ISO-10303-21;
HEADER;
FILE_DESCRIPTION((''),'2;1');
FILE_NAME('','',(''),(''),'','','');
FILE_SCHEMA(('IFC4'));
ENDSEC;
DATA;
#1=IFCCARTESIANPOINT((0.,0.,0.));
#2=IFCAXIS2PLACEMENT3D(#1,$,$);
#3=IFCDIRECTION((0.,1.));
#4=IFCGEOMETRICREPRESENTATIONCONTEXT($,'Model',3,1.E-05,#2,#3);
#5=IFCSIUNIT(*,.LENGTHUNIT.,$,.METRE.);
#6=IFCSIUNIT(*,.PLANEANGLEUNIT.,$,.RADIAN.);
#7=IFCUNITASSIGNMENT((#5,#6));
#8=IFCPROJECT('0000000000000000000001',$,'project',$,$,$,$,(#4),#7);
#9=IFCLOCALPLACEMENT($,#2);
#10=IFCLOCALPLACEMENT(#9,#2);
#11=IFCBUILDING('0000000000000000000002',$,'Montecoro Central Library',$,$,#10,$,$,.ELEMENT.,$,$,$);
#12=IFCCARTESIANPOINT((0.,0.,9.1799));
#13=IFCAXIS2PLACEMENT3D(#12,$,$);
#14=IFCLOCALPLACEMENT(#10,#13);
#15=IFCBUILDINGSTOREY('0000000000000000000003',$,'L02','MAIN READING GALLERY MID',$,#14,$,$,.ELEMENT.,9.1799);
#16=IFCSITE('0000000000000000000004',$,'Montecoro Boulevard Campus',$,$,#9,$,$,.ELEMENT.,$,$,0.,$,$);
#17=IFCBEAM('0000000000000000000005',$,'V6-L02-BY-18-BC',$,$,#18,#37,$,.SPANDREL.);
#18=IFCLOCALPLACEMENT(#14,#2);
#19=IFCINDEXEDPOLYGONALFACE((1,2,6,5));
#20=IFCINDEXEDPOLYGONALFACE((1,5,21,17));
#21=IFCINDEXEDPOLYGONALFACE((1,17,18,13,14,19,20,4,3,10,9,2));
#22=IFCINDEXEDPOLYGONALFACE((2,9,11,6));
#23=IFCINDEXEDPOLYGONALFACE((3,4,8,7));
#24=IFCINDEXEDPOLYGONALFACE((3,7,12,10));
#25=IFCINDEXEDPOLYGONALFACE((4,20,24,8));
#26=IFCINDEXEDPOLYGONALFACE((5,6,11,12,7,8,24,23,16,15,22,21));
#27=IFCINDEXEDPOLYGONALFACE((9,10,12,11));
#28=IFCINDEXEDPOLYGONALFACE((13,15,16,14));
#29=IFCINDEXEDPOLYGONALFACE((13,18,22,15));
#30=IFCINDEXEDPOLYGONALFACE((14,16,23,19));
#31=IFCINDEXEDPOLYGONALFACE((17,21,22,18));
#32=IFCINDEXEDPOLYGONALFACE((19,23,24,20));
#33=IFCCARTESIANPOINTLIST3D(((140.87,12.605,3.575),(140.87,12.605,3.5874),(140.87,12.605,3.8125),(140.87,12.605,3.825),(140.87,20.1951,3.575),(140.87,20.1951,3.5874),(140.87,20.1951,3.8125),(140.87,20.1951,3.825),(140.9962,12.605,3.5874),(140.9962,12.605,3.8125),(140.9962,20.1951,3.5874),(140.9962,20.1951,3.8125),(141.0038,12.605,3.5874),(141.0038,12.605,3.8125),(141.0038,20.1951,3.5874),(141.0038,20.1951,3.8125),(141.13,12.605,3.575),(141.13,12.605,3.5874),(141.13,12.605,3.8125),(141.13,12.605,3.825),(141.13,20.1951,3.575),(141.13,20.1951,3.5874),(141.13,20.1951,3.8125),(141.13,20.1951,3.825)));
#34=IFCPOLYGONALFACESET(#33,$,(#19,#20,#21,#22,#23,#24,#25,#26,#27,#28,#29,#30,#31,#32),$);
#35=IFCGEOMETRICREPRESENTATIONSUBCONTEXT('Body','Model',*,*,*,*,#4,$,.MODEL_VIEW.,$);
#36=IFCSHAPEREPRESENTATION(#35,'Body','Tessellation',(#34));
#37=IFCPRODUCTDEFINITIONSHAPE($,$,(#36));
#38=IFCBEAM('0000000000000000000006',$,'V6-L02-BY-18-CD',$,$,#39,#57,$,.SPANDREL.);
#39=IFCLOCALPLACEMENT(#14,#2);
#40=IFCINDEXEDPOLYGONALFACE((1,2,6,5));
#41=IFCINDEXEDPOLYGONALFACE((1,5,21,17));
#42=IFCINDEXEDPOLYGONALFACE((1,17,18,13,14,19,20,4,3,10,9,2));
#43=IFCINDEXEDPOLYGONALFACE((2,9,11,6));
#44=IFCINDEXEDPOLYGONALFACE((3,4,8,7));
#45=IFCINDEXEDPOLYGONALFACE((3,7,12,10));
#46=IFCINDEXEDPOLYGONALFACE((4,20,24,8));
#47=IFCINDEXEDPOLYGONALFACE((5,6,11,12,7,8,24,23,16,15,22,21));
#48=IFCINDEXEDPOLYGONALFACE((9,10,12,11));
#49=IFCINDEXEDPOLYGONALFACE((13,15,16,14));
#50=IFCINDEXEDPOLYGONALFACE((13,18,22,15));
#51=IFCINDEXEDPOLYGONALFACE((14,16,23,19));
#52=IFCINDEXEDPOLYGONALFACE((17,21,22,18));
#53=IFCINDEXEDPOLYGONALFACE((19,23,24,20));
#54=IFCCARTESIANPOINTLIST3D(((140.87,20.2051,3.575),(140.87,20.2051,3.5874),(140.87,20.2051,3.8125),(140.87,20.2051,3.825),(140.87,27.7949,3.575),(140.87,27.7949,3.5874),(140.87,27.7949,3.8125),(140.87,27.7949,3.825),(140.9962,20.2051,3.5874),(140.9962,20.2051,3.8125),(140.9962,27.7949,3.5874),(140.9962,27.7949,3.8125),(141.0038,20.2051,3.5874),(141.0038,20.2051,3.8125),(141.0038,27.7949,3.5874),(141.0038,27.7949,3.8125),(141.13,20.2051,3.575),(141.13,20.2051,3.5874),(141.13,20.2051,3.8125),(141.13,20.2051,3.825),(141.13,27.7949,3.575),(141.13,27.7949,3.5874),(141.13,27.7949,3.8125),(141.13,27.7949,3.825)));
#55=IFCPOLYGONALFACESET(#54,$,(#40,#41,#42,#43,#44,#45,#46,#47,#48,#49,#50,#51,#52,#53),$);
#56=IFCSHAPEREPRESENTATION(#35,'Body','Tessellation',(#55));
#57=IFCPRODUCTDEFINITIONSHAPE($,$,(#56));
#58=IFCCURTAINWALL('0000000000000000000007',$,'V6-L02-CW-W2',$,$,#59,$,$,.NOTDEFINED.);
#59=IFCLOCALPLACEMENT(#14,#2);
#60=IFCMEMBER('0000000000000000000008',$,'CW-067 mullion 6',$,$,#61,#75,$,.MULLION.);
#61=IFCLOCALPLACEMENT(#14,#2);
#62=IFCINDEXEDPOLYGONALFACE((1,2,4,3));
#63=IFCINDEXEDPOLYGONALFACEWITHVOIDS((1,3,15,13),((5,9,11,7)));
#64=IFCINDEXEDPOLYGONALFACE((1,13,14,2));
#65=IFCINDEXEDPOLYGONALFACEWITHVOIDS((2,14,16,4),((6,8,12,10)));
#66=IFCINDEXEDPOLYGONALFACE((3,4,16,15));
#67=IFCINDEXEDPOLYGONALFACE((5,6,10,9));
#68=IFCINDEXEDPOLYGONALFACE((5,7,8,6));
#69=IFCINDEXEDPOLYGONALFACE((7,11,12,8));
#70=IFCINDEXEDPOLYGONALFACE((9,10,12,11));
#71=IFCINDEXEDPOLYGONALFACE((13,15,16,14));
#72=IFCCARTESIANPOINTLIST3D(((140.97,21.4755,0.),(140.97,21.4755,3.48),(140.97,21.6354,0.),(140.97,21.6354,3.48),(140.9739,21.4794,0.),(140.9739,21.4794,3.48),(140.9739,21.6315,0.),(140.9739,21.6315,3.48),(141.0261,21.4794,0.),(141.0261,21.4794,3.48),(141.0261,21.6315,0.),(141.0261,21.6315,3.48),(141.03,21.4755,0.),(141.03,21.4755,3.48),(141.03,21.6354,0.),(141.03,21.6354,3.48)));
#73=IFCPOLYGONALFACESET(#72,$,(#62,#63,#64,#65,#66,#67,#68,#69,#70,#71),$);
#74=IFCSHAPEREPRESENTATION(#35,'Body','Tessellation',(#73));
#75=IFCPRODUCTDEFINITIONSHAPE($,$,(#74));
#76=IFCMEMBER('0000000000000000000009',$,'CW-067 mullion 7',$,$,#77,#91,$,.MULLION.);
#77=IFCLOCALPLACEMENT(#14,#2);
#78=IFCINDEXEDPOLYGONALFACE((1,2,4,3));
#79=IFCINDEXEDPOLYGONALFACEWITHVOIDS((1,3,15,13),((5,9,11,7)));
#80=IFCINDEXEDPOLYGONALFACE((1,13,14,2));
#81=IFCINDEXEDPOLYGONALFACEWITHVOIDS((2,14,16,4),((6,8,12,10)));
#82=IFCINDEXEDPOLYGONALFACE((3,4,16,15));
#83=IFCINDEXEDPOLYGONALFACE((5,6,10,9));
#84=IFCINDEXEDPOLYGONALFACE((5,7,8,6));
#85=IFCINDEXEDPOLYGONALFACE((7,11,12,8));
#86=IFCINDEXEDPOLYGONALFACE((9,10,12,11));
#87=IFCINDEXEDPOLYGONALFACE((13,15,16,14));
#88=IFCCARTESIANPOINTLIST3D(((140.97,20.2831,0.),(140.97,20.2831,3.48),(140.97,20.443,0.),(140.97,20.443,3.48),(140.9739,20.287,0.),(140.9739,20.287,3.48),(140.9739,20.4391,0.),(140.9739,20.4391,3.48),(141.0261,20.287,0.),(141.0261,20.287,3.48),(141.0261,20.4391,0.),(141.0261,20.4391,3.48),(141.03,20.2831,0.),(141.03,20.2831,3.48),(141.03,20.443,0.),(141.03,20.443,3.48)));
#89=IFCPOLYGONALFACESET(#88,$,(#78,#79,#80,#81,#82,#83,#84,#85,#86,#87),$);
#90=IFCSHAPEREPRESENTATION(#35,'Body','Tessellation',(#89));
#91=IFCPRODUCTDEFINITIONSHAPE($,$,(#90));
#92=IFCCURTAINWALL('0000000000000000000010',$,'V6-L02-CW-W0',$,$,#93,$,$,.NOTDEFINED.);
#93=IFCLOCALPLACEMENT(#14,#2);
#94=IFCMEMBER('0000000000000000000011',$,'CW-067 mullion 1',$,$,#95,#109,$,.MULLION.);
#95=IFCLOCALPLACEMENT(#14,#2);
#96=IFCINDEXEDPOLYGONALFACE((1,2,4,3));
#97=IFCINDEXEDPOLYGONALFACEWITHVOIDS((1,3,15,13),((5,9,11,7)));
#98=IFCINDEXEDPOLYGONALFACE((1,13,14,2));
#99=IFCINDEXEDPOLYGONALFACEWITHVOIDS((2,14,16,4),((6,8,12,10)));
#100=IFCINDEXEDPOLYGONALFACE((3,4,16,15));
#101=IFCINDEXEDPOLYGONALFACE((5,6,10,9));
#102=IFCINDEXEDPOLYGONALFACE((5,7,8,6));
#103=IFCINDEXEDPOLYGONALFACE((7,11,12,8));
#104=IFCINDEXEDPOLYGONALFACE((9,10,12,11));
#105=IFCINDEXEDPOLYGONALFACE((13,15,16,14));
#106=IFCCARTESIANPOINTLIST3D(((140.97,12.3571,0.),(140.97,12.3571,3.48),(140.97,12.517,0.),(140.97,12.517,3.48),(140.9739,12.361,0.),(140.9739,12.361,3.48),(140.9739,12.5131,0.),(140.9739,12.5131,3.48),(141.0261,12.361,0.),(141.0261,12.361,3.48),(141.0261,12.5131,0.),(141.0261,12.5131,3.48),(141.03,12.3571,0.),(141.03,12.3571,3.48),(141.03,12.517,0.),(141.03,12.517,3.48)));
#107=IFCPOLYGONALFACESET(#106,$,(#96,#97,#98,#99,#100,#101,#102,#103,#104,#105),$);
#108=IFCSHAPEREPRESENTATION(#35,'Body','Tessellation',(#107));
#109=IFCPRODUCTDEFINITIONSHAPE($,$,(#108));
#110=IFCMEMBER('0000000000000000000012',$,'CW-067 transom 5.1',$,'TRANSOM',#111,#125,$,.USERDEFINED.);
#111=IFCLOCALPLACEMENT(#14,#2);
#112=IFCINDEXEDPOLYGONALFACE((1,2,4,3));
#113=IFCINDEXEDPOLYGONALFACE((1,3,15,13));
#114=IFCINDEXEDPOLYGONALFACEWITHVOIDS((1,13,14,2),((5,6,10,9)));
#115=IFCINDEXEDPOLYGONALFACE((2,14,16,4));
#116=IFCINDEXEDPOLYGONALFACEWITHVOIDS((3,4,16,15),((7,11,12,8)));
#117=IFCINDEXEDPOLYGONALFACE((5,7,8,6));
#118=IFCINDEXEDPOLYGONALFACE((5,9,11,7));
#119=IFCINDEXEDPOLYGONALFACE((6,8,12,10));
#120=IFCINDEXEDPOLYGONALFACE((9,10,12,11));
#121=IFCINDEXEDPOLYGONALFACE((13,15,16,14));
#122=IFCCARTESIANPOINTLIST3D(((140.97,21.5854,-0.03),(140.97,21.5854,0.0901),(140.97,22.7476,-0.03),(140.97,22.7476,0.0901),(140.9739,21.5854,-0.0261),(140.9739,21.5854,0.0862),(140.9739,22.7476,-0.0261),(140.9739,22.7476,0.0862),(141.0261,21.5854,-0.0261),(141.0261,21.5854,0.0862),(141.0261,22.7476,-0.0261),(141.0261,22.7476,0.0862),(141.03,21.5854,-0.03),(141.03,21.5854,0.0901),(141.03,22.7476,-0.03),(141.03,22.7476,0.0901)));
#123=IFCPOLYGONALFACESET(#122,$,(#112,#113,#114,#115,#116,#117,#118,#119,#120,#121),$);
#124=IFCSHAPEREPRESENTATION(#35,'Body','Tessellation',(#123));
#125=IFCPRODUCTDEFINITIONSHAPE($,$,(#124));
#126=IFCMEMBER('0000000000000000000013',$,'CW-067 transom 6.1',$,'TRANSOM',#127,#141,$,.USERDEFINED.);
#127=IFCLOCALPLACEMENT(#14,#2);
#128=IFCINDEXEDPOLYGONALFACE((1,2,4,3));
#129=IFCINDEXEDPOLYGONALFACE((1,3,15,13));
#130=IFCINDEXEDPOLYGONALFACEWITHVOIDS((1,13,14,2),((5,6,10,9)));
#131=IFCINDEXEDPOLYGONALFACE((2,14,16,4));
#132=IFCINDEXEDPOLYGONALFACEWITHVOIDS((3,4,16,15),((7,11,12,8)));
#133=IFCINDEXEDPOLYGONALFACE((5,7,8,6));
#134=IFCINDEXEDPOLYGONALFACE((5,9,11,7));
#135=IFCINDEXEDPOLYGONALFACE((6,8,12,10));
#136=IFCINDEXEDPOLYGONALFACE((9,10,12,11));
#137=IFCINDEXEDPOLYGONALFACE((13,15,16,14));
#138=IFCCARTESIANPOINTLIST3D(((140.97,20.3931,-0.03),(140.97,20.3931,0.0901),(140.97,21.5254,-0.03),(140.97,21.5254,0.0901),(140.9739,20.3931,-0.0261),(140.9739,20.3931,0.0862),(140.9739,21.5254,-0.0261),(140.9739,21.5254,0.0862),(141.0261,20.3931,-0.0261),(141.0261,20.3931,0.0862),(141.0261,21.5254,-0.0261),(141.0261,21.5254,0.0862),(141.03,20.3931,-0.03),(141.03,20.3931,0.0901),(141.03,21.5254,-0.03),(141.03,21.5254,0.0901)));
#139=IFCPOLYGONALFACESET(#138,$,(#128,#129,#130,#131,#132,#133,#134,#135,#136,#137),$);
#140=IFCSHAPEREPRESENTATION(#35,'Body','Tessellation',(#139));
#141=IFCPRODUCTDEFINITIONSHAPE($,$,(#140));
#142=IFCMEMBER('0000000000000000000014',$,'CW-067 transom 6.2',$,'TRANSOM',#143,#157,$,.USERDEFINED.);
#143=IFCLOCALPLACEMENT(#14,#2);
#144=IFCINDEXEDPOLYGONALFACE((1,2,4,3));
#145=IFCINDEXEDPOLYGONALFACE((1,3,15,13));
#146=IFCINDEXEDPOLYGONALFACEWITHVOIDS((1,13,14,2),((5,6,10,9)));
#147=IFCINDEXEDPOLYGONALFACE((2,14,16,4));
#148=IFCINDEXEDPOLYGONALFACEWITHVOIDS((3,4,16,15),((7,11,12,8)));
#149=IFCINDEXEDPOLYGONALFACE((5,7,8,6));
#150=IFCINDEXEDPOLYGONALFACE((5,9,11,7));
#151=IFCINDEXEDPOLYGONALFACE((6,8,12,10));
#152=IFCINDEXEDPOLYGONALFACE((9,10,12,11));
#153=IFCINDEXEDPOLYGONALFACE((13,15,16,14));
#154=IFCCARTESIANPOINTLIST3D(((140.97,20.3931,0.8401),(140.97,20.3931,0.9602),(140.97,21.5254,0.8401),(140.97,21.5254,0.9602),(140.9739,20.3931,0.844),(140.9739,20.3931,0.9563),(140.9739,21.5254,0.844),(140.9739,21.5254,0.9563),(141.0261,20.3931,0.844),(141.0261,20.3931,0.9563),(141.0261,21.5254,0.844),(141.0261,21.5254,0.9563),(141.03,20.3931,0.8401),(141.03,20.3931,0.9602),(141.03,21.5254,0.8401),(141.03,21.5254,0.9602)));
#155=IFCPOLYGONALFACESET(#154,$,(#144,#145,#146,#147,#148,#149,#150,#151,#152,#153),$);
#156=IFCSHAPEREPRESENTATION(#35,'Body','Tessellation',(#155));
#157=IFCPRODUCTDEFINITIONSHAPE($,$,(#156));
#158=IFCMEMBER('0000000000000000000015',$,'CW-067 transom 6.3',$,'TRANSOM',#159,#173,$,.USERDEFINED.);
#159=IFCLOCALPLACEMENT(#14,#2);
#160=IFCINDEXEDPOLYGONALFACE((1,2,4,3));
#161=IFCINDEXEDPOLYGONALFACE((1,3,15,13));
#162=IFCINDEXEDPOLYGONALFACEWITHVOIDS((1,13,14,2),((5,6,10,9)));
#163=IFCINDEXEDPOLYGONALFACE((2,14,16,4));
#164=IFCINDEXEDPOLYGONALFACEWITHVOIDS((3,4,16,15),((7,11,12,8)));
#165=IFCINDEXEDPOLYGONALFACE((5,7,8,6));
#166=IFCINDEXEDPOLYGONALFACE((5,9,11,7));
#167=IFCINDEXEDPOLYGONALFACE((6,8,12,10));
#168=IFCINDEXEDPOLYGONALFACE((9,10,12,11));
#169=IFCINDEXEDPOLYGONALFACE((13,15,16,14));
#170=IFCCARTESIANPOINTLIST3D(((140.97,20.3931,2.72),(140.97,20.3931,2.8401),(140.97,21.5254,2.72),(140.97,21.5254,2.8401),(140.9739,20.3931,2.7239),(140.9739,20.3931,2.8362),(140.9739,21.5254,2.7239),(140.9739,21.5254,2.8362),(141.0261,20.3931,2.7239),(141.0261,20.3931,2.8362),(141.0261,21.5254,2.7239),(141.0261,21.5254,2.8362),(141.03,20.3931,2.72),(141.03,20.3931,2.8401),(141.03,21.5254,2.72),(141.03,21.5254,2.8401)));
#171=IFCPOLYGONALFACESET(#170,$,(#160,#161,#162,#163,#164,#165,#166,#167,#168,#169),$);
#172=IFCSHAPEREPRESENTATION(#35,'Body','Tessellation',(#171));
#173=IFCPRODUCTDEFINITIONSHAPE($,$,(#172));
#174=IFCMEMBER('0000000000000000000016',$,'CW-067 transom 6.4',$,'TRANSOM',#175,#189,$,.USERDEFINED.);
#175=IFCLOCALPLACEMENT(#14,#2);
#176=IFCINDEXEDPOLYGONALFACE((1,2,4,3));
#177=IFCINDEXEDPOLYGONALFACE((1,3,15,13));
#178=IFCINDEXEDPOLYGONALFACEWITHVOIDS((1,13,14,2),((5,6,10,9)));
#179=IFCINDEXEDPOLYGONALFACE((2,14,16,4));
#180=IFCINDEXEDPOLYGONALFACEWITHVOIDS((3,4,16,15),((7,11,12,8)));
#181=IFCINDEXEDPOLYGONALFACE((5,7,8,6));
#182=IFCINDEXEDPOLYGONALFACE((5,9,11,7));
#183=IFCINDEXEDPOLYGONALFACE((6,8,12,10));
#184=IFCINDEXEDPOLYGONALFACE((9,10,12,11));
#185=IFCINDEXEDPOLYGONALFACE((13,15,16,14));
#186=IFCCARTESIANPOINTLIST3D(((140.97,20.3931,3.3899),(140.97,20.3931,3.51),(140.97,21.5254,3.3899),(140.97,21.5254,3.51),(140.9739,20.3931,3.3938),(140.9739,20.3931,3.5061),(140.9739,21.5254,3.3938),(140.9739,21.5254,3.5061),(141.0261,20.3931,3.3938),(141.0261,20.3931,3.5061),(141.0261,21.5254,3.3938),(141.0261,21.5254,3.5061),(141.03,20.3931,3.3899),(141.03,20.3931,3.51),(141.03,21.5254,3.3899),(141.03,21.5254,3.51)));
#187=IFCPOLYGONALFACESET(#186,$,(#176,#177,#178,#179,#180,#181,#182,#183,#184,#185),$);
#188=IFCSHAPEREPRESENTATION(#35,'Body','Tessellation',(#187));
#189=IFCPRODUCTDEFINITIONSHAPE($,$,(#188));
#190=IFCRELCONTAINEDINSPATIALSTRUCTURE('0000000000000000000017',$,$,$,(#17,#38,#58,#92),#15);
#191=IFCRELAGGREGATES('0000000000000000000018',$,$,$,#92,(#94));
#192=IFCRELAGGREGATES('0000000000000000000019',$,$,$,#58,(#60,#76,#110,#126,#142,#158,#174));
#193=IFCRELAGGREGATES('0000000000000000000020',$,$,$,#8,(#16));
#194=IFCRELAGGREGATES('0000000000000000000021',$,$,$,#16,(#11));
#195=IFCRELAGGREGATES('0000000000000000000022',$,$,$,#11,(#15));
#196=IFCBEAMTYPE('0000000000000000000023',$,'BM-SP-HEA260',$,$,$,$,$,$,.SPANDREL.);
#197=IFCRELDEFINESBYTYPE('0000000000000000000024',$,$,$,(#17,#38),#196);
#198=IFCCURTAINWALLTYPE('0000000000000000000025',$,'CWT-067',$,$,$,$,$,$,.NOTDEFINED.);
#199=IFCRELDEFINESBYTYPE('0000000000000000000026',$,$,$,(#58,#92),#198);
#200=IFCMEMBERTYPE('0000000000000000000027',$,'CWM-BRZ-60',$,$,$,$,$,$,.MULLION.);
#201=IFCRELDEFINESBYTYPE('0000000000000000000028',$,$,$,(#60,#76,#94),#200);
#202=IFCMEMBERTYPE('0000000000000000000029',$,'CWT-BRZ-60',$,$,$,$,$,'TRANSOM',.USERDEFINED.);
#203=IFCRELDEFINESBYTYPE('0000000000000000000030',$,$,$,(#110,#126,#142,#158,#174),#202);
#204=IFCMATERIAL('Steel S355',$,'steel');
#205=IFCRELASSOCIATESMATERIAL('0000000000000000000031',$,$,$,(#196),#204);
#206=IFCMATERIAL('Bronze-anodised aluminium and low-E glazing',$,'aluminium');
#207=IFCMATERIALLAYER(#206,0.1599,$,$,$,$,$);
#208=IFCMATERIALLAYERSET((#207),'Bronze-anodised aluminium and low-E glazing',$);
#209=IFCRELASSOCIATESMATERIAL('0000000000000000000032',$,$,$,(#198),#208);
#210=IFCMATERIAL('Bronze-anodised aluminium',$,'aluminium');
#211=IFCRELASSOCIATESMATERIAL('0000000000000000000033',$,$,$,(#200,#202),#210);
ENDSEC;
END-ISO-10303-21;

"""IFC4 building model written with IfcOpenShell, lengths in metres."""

from ifc_helpers import new_model, si_unit, direction, frame, origin, origin_2d, place, context, subcontext, project, spatial, hollow_rectangle, i_section, extrude, material, layer, layer_set, material_profile, profile_set, type_object, element, aggregate, save


model = new_model("IFC4")

# Units and contexts
model_context = context("Model", 3, precision=1e-05, world=origin(), true_north=direction((0.0, 1.0)))
body_context = subcontext(model_context, "Body", "Model", "MODEL_VIEW")
ifc_project = project(units=[si_unit("LENGTHUNIT", "METRE"), si_unit("PLANEANGLEUNIT", "RADIAN")], contexts=[model_context])

# Site, building, storey
site_placement = place(None, origin())
site = spatial("IfcSite", under=ifc_project, at=site_placement, Name="Montecoro Boulevard Campus", CompositionType="ELEMENT", RefElevation=0.0)
building_placement = place(site_placement, origin())
building = spatial("IfcBuilding", under=site, at=building_placement, Name="Montecoro Central Library", CompositionType="ELEMENT")
storey_placement = place(building_placement, frame((0.0, 0.0, 9.1799)))
storey = spatial("IfcBuildingStorey", under=building, at=storey_placement, Name="L02", Description="MAIN READING GALLERY MID", CompositionType="ELEMENT", Elevation=9.1799)

# Shared definitions
ifc_material_1 = material(Name="Steel S355", Category="steel")

# Beams
ifc_material_profile_1 = material_profile(ifc_material_1, i_section(OverallWidth=0.26, OverallDepth=0.25, WebThickness=0.0076, FlangeThickness=0.0125, at=origin_2d()), Name="HEA 260")
ifc_profile_set_1 = profile_set([ifc_material_profile_1], Name="Steel S355")
beam_type_1 = type_object("IfcBeamType", Name="BM-SP-HEA260", PredefinedType="SPANDREL", material=ifc_profile_set_1)
beam_1_placement = place(storey_placement, frame((141.0, 12.605, 3.7), z_axis=(0.0, 1.0, 0.0), x_axis=(-1.0, 0.0, 0.0)))
element("IfcBeam", 1, at=beam_1_placement, inside=storey, type_object=beam_type_1, Name="V6-L02-BY-18-BC", PredefinedType="SPANDREL", context=body_context, shape_type="SweptSolid", body=[
    extrude(i_section(OverallWidth=0.26, OverallDepth=0.25, WebThickness=0.0076, FlangeThickness=0.0125, at=origin_2d()), origin(), (0.0, 0.0, 1.0), 7.5901),
])
beam_2_placement = place(storey_placement, frame((141.0, 20.2051, 3.7), z_axis=(0.0, 1.0, 0.0), x_axis=(-1.0, 0.0, 0.0)))
element("IfcBeam", 2, at=beam_2_placement, inside=storey, type_object=beam_type_1, Name="V6-L02-BY-18-CD", PredefinedType="SPANDREL", context=body_context, shape_type="SweptSolid", body=[
    extrude(i_section(OverallWidth=0.26, OverallDepth=0.25, WebThickness=0.0076, FlangeThickness=0.0125, at=origin_2d()), origin(), (0.0, 0.0, 1.0), 7.5898),
])

# Curtain wall, members
ifc_material_2 = material(Name="Bronze-anodised aluminium and low-E glazing", Category="aluminium")
ifc_layer_1 = layer(ifc_material_2, 0.1599)
ifc_layer_set_1 = layer_set([ifc_layer_1], Name="Bronze-anodised aluminium and low-E glazing")
curtain_wall_type = type_object("IfcCurtainWallType", Name="CWT-067", PredefinedType="NOTDEFINED", material=ifc_layer_set_1)
curtain_wall_1_placement = place(storey_placement, origin())
curtain_wall_1 = element("IfcCurtainWall", 3, at=curtain_wall_1_placement, inside=storey, type_object=curtain_wall_type, Name="V6-L02-CW-W2", PredefinedType="NOTDEFINED")
ifc_material_3 = material(Name="Bronze-anodised aluminium", Category="aluminium")
ifc_material_profile_2 = material_profile(ifc_material_3, hollow_rectangle(XDim=0.0601, YDim=0.1599, WallThickness=0.0039, at=origin_2d()), Name="CWM 160x60x4.0")
ifc_profile_set_2 = profile_set([ifc_material_profile_2], Name="Bronze-anodised aluminium")
member_type_1 = type_object("IfcMemberType", Name="CWM-BRZ-60", PredefinedType="MULLION", material=ifc_profile_set_2)
member_1_placement = place(storey_placement, frame((141.0, 21.5554, 0.0), z_axis=(0.0, 0.0, 1.0), x_axis=(1.0, 0.0, 0.0)))
member_1 = element("IfcMember", 4, at=member_1_placement, type_object=member_type_1, Name="CW-067 mullion 6", PredefinedType="MULLION", context=body_context, shape_type="SweptSolid", body=[
    extrude(hollow_rectangle(XDim=0.0601, YDim=0.1599, WallThickness=0.0039, at=origin_2d()), origin(), (0.0, 0.0, 1.0), 3.48),
])
member_2_placement = place(storey_placement, frame((141.0, 20.363, 0.0), z_axis=(0.0, 0.0, 1.0), x_axis=(1.0, 0.0, 0.0)))
member_2 = element("IfcMember", 5, at=member_2_placement, type_object=member_type_1, Name="CW-067 mullion 7", PredefinedType="MULLION", context=body_context, shape_type="SweptSolid", body=[
    extrude(hollow_rectangle(XDim=0.0601, YDim=0.1599, WallThickness=0.0039, at=origin_2d()), origin(), (0.0, 0.0, 1.0), 3.48),
])

# Curtain wall, member
curtain_wall_2_placement = place(storey_placement, origin())
curtain_wall_2 = element("IfcCurtainWall", 6, at=curtain_wall_2_placement, inside=storey, type_object=curtain_wall_type, Name="V6-L02-CW-W0", PredefinedType="NOTDEFINED")
member_3_placement = place(storey_placement, frame((141.0, 12.437, 0.0), z_axis=(0.0, 0.0, 1.0), x_axis=(1.0, 0.0, 0.0)))
member_3 = element("IfcMember", 7, at=member_3_placement, type_object=member_type_1, Name="CW-067 mullion 1", PredefinedType="MULLION", context=body_context, shape_type="SweptSolid", body=[
    extrude(hollow_rectangle(XDim=0.0601, YDim=0.1599, WallThickness=0.0039, at=origin_2d()), origin(), (0.0, 0.0, 1.0), 3.48),
])
aggregate(curtain_wall_2, [member_3])

# Members
ifc_material_profile_3 = material_profile(ifc_material_3, hollow_rectangle(XDim=0.0601, YDim=0.1201, WallThickness=0.0039, at=origin_2d()), Name="CWT 120x60x4.0")
ifc_profile_set_3 = profile_set([ifc_material_profile_3], Name="Bronze-anodised aluminium")
member_type_2 = type_object("IfcMemberType", Name="CWT-BRZ-60", ElementType="TRANSOM", PredefinedType="USERDEFINED", material=ifc_profile_set_3)
member_4_placement = place(storey_placement, frame((141.0, 22.7476, 0.03), z_axis=(0.0, -1.0, 0.0), x_axis=(1.0, 0.0, 0.0)))
member_4 = element("IfcMember", 8, at=member_4_placement, type_object=member_type_2, Name="CW-067 transom 5.1", ObjectType="TRANSOM", PredefinedType="USERDEFINED", context=body_context, shape_type="SweptSolid", body=[
    extrude(hollow_rectangle(XDim=0.0601, YDim=0.1201, WallThickness=0.0039, at=origin_2d()), origin(), (0.0, 0.0, 1.0), 1.1621),
])
member_5_placement = place(storey_placement, frame((141.0, 21.5254, 0.03), z_axis=(0.0, -1.0, 0.0), x_axis=(1.0, 0.0, 0.0)))
member_5 = element("IfcMember", 9, at=member_5_placement, type_object=member_type_2, Name="CW-067 transom 6.1", ObjectType="TRANSOM", PredefinedType="USERDEFINED", context=body_context, shape_type="SweptSolid", body=[
    extrude(hollow_rectangle(XDim=0.0601, YDim=0.1201, WallThickness=0.0039, at=origin_2d()), origin(), (0.0, 0.0, 1.0), 1.1323),
])
member_6_placement = place(storey_placement, frame((141.0, 21.5254, 0.9001), z_axis=(0.0, -1.0, 0.0), x_axis=(1.0, 0.0, 0.0)))
member_6 = element("IfcMember", 10, at=member_6_placement, type_object=member_type_2, Name="CW-067 transom 6.2", ObjectType="TRANSOM", PredefinedType="USERDEFINED", context=body_context, shape_type="SweptSolid", body=[
    extrude(hollow_rectangle(XDim=0.0601, YDim=0.1201, WallThickness=0.0039, at=origin_2d()), origin(), (0.0, 0.0, 1.0), 1.1323),
])
member_7_placement = place(storey_placement, frame((141.0, 21.5254, 2.78), z_axis=(0.0, -1.0, 0.0), x_axis=(1.0, 0.0, 0.0)))
member_7 = element("IfcMember", 11, at=member_7_placement, type_object=member_type_2, Name="CW-067 transom 6.3", ObjectType="TRANSOM", PredefinedType="USERDEFINED", context=body_context, shape_type="SweptSolid", body=[
    extrude(hollow_rectangle(XDim=0.0601, YDim=0.1201, WallThickness=0.0039, at=origin_2d()), origin(), (0.0, 0.0, 1.0), 1.1323),
])
member_8_placement = place(storey_placement, frame((141.0, 21.5254, 3.45), z_axis=(0.0, -1.0, 0.0), x_axis=(1.0, 0.0, 0.0)))
member_8 = element("IfcMember", 12, at=member_8_placement, type_object=member_type_2, Name="CW-067 transom 6.4", ObjectType="TRANSOM", PredefinedType="USERDEFINED", context=body_context, shape_type="SweptSolid", body=[
    extrude(hollow_rectangle(XDim=0.0601, YDim=0.1201, WallThickness=0.0039, at=origin_2d()), origin(), (0.0, 0.0, 1.0), 1.1323),
])

aggregate(curtain_wall_1, [member_1, member_2, member_4, member_5, member_6, member_7, member_8])

save(model, "model.ifc")
